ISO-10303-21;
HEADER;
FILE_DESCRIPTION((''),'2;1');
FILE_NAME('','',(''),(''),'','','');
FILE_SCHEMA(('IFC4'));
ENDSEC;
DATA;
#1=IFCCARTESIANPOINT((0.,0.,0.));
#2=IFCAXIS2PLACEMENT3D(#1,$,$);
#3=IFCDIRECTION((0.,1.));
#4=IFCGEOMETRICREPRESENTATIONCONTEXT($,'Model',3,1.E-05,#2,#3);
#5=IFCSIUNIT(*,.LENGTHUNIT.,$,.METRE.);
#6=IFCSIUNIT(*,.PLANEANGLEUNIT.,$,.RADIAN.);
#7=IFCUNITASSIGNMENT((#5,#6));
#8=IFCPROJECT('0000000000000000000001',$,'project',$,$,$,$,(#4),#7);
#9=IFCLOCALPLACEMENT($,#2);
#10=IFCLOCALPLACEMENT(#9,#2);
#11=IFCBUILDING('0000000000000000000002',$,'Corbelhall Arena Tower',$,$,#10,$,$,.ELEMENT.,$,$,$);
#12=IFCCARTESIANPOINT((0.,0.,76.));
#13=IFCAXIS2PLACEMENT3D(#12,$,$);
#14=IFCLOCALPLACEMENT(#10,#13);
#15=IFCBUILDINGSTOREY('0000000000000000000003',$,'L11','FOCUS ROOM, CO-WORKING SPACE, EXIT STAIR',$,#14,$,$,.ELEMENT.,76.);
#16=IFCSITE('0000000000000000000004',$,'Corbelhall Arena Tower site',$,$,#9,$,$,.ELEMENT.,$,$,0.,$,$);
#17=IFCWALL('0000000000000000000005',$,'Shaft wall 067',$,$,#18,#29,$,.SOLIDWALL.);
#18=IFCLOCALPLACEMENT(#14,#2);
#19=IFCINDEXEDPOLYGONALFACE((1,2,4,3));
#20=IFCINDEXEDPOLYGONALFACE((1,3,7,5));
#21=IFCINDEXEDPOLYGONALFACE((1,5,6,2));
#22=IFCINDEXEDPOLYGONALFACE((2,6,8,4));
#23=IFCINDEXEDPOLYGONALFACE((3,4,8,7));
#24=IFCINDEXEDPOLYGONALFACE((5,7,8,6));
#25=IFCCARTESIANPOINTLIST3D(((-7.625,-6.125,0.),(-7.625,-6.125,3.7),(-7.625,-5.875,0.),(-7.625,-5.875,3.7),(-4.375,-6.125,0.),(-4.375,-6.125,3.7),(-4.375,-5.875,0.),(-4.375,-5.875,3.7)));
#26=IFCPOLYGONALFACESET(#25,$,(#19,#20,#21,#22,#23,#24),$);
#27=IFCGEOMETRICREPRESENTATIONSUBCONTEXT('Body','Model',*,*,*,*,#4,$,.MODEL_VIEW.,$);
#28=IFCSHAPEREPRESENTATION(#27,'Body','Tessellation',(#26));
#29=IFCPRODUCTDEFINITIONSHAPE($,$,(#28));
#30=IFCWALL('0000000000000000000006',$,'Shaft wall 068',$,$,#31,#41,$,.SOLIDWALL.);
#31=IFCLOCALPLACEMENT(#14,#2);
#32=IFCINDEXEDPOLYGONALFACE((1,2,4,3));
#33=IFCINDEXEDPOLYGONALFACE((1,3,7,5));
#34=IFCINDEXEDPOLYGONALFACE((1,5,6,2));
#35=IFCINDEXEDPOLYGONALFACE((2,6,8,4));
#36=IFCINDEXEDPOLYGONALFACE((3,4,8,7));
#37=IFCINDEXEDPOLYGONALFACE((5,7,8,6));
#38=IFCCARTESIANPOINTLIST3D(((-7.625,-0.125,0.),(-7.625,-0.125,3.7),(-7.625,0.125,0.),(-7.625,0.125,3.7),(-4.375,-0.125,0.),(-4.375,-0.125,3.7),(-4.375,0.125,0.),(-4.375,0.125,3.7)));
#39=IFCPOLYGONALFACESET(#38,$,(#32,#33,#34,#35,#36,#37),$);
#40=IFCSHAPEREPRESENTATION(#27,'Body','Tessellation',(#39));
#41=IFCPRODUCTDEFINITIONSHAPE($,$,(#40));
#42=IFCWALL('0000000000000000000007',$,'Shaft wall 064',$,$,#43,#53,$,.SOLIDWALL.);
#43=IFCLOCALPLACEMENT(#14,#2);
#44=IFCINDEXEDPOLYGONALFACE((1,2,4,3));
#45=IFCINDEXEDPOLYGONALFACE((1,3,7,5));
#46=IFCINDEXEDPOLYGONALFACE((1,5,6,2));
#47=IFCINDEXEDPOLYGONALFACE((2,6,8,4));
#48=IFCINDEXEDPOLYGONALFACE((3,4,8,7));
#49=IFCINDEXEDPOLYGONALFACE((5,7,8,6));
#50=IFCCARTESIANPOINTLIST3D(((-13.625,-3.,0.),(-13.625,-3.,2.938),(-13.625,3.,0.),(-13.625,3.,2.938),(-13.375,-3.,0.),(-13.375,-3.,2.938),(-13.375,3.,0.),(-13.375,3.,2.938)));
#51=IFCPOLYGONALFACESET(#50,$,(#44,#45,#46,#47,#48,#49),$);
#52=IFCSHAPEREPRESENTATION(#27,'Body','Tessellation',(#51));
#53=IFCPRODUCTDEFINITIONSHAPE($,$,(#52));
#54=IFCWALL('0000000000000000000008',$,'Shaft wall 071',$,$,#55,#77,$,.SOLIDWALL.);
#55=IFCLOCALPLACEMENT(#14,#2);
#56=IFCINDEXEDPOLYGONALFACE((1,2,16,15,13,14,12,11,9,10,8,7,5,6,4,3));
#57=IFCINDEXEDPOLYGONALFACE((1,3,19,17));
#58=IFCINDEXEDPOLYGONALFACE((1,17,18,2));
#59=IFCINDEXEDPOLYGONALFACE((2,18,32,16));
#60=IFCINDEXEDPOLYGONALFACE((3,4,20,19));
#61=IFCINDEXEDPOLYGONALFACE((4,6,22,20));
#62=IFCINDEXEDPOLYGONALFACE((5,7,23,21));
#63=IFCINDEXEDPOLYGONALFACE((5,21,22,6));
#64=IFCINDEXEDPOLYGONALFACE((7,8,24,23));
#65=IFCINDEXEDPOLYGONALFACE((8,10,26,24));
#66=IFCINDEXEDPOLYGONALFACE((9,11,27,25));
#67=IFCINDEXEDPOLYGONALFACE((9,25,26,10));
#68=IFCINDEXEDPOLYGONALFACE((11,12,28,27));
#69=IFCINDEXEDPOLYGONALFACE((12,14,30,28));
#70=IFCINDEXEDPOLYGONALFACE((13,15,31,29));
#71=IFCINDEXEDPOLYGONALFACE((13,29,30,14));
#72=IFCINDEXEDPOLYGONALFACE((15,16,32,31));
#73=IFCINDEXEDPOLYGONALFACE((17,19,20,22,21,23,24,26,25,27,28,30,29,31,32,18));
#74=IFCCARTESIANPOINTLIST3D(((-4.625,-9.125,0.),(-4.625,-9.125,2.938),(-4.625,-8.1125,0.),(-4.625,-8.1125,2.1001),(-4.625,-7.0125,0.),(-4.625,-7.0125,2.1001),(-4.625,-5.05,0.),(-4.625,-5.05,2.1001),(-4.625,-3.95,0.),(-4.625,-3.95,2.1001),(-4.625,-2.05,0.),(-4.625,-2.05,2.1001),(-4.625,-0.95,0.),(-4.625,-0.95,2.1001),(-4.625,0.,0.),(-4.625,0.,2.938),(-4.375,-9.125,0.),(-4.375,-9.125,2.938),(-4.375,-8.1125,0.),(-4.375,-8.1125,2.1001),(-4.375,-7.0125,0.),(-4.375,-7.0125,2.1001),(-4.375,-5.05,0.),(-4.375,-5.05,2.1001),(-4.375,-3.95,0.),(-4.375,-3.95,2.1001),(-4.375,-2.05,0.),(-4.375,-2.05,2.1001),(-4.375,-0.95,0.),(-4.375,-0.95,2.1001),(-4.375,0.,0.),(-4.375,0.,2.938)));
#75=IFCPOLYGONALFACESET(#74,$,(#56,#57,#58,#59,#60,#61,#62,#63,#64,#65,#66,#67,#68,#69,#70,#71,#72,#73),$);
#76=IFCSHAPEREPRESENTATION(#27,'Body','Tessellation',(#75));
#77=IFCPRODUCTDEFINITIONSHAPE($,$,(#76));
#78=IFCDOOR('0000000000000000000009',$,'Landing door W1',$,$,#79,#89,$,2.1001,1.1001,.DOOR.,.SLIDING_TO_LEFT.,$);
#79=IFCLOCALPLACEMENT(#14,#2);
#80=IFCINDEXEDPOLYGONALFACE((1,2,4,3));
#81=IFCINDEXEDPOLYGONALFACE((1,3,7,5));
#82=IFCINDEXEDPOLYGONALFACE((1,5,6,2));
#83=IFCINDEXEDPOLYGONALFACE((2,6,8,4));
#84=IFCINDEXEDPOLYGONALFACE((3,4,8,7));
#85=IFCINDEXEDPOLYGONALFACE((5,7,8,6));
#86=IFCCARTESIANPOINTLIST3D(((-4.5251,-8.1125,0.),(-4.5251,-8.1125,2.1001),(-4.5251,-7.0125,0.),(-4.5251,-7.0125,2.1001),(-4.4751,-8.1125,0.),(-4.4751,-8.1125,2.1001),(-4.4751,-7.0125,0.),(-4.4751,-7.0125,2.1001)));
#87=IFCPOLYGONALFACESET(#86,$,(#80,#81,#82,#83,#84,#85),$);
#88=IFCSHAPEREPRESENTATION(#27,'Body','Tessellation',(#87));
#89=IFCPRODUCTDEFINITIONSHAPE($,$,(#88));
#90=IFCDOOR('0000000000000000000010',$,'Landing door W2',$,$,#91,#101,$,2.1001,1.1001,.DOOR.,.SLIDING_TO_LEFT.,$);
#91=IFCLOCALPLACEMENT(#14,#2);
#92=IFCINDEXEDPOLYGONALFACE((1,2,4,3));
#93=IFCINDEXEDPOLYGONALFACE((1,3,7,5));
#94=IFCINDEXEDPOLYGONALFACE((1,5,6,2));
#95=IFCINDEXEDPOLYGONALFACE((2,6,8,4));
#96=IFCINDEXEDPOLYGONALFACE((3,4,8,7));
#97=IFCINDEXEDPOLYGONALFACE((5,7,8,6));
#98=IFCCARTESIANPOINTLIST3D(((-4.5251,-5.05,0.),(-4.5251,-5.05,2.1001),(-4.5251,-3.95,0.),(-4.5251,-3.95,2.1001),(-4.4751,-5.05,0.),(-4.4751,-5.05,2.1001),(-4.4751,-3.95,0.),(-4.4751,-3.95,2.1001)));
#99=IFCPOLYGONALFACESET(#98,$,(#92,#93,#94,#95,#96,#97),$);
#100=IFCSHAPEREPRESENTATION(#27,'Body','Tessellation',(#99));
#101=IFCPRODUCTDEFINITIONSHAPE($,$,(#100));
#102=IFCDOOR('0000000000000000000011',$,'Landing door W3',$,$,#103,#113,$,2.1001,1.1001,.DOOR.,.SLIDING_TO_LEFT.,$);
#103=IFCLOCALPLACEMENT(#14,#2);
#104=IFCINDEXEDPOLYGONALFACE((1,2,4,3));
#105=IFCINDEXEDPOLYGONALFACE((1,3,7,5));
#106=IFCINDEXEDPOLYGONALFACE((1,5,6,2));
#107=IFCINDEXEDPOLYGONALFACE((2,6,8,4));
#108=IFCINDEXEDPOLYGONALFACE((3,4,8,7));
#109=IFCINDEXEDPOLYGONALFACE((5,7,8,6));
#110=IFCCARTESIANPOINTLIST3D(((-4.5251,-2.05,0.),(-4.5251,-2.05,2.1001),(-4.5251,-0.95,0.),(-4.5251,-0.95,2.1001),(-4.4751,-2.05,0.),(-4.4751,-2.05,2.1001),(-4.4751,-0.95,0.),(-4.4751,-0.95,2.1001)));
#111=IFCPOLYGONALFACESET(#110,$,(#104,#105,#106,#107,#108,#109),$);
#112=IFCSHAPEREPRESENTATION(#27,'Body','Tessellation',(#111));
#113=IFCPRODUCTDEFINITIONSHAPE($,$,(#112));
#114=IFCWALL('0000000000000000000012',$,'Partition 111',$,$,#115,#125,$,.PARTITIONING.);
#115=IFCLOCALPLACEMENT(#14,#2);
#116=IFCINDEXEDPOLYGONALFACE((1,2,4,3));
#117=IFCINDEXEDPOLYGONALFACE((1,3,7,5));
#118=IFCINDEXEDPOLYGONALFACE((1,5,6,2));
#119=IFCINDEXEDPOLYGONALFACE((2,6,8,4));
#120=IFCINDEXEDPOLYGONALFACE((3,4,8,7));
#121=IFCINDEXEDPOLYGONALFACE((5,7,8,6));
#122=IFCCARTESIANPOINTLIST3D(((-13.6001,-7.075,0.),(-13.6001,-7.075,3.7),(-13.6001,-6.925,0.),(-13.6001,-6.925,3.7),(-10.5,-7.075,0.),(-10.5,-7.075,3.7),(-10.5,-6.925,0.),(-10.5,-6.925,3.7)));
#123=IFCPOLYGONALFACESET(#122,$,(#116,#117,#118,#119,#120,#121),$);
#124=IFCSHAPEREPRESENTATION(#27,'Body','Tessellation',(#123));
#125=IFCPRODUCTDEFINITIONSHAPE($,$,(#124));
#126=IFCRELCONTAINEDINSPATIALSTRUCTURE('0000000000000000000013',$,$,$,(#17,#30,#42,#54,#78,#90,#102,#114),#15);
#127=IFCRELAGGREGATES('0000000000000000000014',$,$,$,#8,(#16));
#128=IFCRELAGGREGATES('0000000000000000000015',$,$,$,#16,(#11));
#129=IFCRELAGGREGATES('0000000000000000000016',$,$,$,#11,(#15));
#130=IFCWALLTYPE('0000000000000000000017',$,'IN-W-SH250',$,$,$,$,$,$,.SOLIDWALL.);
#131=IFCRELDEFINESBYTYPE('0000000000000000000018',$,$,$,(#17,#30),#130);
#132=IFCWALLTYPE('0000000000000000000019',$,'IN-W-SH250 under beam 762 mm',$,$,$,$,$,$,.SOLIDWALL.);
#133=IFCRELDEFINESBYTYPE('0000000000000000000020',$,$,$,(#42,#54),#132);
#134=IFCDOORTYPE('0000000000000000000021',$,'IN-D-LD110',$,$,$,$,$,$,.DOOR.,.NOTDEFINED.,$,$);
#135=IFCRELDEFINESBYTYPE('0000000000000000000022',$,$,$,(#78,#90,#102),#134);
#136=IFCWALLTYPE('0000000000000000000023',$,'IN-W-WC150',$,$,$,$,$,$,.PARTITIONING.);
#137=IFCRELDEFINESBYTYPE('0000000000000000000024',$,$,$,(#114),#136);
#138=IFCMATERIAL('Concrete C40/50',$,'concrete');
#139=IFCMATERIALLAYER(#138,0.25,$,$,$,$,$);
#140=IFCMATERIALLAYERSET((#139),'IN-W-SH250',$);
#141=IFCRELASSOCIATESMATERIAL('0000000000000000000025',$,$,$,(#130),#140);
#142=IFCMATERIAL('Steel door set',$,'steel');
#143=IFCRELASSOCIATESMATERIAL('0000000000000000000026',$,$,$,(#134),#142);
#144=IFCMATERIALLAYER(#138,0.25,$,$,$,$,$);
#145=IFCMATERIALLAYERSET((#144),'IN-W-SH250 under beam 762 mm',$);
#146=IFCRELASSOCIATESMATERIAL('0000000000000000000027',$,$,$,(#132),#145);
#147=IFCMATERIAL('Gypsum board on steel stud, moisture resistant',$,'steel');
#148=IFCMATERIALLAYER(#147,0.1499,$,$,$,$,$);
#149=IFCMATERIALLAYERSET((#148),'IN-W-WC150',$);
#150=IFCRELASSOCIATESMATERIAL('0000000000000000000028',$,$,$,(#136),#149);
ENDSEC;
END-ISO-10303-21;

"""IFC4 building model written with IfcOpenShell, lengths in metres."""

from ifc_helpers import new_model, si_unit, direction, frame, frame_2d, origin, place, context, subcontext, project, spatial, rectangle, extrude, material, layer, layer_set, type_object, element, fill, save


model = new_model("IFC4")

# Units and contexts
model_context = context("Model", 3, precision=1e-05, world=origin(), true_north=direction((0.0, 1.0)))
body_context = subcontext(model_context, "Body", "Model", "MODEL_VIEW")
ifc_project = project(units=[si_unit("LENGTHUNIT", "METRE"), si_unit("PLANEANGLEUNIT", "RADIAN")], contexts=[model_context])

# Site, building, storey
site_placement = place(None, origin())
site = spatial("IfcSite", under=ifc_project, at=site_placement, Name="Corbelhall Arena Tower site", CompositionType="ELEMENT", RefElevation=0.0)
building_placement = place(site_placement, origin())
building = spatial("IfcBuilding", under=site, at=building_placement, Name="Corbelhall Arena Tower", CompositionType="ELEMENT")
storey_placement = place(building_placement, frame((0.0, 0.0, 76.0)))
storey = spatial("IfcBuildingStorey", under=building, at=storey_placement, Name="L11", Description="FOCUS ROOM, CO-WORKING SPACE, EXIT STAIR", CompositionType="ELEMENT", Elevation=76.0)

# Shared definitions
ifc_material_1 = material(Name="Concrete C40/50", Category="concrete")
ifc_layer_1 = layer(ifc_material_1, 0.25)
ifc_layer_set_1 = layer_set([ifc_layer_1], Name="IN-W-SH250")
wall_type_1 = type_object("IfcWallType", Name="IN-W-SH250", PredefinedType="SOLIDWALL", material=ifc_layer_set_1)

# Shared definitions
ifc_material_2 = material(Name="Steel door set", Category="steel")

# Shared definitions
door_type_1 = type_object("IfcDoorType", Name="IN-D-LD110", OperationType="NOTDEFINED", PredefinedType="DOOR", material=ifc_material_2)

# Walls
for number, where, z_axis, x_axis, name in (
    (1, (-7.625, -6.0, 0.0), (0.0, 0.0, 1.0), (1.0, 0.0, 0.0), "Shaft wall 067"),
    (2, (-7.625, 0.0, 0.0), (0.0, 0.0, 1.0), (1.0, 0.0, 0.0), "Shaft wall 068"),
):
    element("IfcWall", number, at=place(storey_placement, frame(where, z_axis=z_axis, x_axis=x_axis)), inside=storey, type_object=wall_type_1, Name=name, PredefinedType="SOLIDWALL", context=body_context, shape_type="SweptSolid", body=[
        extrude(rectangle(XDim=3.25, YDim=0.25, at=frame_2d((1.625, 0.0))), origin(), (0.0, 0.0, 1.0), 3.7),
    ])
ifc_layer_2 = layer(ifc_material_1, 0.25)
ifc_layer_set_2 = layer_set([ifc_layer_2], Name="IN-W-SH250 under beam 762 mm")
wall_type_2 = type_object("IfcWallType", Name="IN-W-SH250 under beam 762 mm", PredefinedType="SOLIDWALL", material=ifc_layer_set_2)
wall_1_placement = place(storey_placement, frame((-13.5, -3.0, 0.0), z_axis=(0.0, 0.0, 1.0), x_axis=(0.0, 1.0, 0.0)))
element("IfcWall", 3, at=wall_1_placement, inside=storey, type_object=wall_type_2, Name="Shaft wall 064", PredefinedType="SOLIDWALL", context=body_context, shape_type="SweptSolid", body=[
    extrude(rectangle(XDim=6.0, YDim=0.25, at=frame_2d((3.0, 0.0))), origin(), (0.0, 0.0, 1.0), 2.938),
])

# Wall, openings, doors
wall_2_placement = place(storey_placement, frame((-4.5, 0.0, 0.0), z_axis=(0.0, 0.0, 1.0), x_axis=(0.0, -1.0, 0.0)))
wall_2 = element("IfcWall", 4, at=wall_2_placement, inside=storey, type_object=wall_type_2, Name="Shaft wall 071", PredefinedType="SOLIDWALL", context=body_context, shape_type="SweptSolid", body=[
    extrude(rectangle(XDim=9.125, YDim=0.25, at=frame_2d((4.5625, 0.0))), origin(), (0.0, 0.0, 1.0), 2.938),
])
opening_1_placement = place(wall_2_placement, frame((7.0125, 0.0, 0.0)))
opening_1 = element("IfcOpeningElement", 5, at=opening_1_placement, cuts=wall_2, PredefinedType="OPENING", context=body_context, shape_type="SweptSolid", body=[
    extrude(rectangle(XDim=1.1001, YDim=2.1001, at=frame_2d((0.55, 1.05))), frame((0.0, 0.125, 0.0), z_axis=(0.0, -1.0, 0.0), x_axis=(1.0, 0.0, 0.0)), (0.0, 0.0, 1.0), 0.25),
])
opening_2_placement = place(wall_2_placement, frame((3.95, 0.0, 0.0)))
opening_2 = element("IfcOpeningElement", 6, at=opening_2_placement, cuts=wall_2, PredefinedType="OPENING", context=body_context, shape_type="SweptSolid", body=[
    extrude(rectangle(XDim=1.1001, YDim=2.1001, at=frame_2d((0.55, 1.05))), frame((0.0, 0.125, 0.0), z_axis=(0.0, -1.0, 0.0), x_axis=(1.0, 0.0, 0.0)), (0.0, 0.0, 1.0), 0.25),
])
opening_3_placement = place(wall_2_placement, frame((0.95, 0.0, 0.0)))
opening_3 = element("IfcOpeningElement", 7, at=opening_3_placement, cuts=wall_2, PredefinedType="OPENING", context=body_context, shape_type="SweptSolid", body=[
    extrude(rectangle(XDim=1.1001, YDim=2.1001, at=frame_2d((0.55, 1.05))), frame((0.0, 0.125, 0.0), z_axis=(0.0, -1.0, 0.0), x_axis=(1.0, 0.0, 0.0)), (0.0, 0.0, 1.0), 0.25),
])
door_1_placement = place(opening_1_placement, origin())
door_1 = element("IfcDoor", 8, at=door_1_placement, inside=storey, type_object=door_type_1, Name="Landing door W1", OperationType="SLIDING_TO_LEFT", OverallHeight=2.1001, OverallWidth=1.1001, PredefinedType="DOOR", context=body_context, shape_type="SweptSolid", body=[
    extrude(rectangle(XDim=1.1001, YDim=2.1001, at=frame_2d((0.55, 1.05))), frame((0.0, 0.0249, 0.0), z_axis=(0.0, -1.0, 0.0), x_axis=(1.0, 0.0, 0.0)), (0.0, 0.0, 1.0), 0.05),
])
fill(opening_1, door_1)
door_2_placement = place(opening_2_placement, origin())
door_2 = element("IfcDoor", 9, at=door_2_placement, inside=storey, type_object=door_type_1, Name="Landing door W2", OperationType="SLIDING_TO_LEFT", OverallHeight=2.1001, OverallWidth=1.1001, PredefinedType="DOOR", context=body_context, shape_type="SweptSolid", body=[
    extrude(rectangle(XDim=1.1001, YDim=2.1001, at=frame_2d((0.55, 1.05))), frame((0.0, 0.0249, 0.0), z_axis=(0.0, -1.0, 0.0), x_axis=(1.0, 0.0, 0.0)), (0.0, 0.0, 1.0), 0.05),
])
fill(opening_2, door_2)
door_3_placement = place(opening_3_placement, origin())
door_3 = element("IfcDoor", 10, at=door_3_placement, inside=storey, type_object=door_type_1, Name="Landing door W3", OperationType="SLIDING_TO_LEFT", OverallHeight=2.1001, OverallWidth=1.1001, PredefinedType="DOOR", context=body_context, shape_type="SweptSolid", body=[
    extrude(rectangle(XDim=1.1001, YDim=2.1001, at=frame_2d((0.55, 1.05))), frame((0.0, 0.0249, 0.0), z_axis=(0.0, -1.0, 0.0), x_axis=(1.0, 0.0, 0.0)), (0.0, 0.0, 1.0), 0.05),
])
fill(opening_3, door_3)

# Wall
ifc_material_3 = material(Name="Gypsum board on steel stud, moisture resistant", Category="steel")
ifc_layer_3 = layer(ifc_material_3, 0.1499)
ifc_layer_set_3 = layer_set([ifc_layer_3], Name="IN-W-WC150")
wall_type_3 = type_object("IfcWallType", Name="IN-W-WC150", PredefinedType="PARTITIONING", material=ifc_layer_set_3)
wall_3_placement = place(storey_placement, frame((-13.6001, -7.0, 0.0), z_axis=(0.0, 0.0, 1.0), x_axis=(1.0, 0.0, 0.0)))
element("IfcWall", 11, at=wall_3_placement, inside=storey, type_object=wall_type_3, Name="Partition 111", PredefinedType="PARTITIONING", context=body_context, shape_type="SweptSolid", body=[
    extrude(rectangle(XDim=3.1001, YDim=0.1499, at=frame_2d((1.55, 0.0))), origin(), (0.0, 0.0, 1.0), 3.7),
])

save(model, "model.ifc")
